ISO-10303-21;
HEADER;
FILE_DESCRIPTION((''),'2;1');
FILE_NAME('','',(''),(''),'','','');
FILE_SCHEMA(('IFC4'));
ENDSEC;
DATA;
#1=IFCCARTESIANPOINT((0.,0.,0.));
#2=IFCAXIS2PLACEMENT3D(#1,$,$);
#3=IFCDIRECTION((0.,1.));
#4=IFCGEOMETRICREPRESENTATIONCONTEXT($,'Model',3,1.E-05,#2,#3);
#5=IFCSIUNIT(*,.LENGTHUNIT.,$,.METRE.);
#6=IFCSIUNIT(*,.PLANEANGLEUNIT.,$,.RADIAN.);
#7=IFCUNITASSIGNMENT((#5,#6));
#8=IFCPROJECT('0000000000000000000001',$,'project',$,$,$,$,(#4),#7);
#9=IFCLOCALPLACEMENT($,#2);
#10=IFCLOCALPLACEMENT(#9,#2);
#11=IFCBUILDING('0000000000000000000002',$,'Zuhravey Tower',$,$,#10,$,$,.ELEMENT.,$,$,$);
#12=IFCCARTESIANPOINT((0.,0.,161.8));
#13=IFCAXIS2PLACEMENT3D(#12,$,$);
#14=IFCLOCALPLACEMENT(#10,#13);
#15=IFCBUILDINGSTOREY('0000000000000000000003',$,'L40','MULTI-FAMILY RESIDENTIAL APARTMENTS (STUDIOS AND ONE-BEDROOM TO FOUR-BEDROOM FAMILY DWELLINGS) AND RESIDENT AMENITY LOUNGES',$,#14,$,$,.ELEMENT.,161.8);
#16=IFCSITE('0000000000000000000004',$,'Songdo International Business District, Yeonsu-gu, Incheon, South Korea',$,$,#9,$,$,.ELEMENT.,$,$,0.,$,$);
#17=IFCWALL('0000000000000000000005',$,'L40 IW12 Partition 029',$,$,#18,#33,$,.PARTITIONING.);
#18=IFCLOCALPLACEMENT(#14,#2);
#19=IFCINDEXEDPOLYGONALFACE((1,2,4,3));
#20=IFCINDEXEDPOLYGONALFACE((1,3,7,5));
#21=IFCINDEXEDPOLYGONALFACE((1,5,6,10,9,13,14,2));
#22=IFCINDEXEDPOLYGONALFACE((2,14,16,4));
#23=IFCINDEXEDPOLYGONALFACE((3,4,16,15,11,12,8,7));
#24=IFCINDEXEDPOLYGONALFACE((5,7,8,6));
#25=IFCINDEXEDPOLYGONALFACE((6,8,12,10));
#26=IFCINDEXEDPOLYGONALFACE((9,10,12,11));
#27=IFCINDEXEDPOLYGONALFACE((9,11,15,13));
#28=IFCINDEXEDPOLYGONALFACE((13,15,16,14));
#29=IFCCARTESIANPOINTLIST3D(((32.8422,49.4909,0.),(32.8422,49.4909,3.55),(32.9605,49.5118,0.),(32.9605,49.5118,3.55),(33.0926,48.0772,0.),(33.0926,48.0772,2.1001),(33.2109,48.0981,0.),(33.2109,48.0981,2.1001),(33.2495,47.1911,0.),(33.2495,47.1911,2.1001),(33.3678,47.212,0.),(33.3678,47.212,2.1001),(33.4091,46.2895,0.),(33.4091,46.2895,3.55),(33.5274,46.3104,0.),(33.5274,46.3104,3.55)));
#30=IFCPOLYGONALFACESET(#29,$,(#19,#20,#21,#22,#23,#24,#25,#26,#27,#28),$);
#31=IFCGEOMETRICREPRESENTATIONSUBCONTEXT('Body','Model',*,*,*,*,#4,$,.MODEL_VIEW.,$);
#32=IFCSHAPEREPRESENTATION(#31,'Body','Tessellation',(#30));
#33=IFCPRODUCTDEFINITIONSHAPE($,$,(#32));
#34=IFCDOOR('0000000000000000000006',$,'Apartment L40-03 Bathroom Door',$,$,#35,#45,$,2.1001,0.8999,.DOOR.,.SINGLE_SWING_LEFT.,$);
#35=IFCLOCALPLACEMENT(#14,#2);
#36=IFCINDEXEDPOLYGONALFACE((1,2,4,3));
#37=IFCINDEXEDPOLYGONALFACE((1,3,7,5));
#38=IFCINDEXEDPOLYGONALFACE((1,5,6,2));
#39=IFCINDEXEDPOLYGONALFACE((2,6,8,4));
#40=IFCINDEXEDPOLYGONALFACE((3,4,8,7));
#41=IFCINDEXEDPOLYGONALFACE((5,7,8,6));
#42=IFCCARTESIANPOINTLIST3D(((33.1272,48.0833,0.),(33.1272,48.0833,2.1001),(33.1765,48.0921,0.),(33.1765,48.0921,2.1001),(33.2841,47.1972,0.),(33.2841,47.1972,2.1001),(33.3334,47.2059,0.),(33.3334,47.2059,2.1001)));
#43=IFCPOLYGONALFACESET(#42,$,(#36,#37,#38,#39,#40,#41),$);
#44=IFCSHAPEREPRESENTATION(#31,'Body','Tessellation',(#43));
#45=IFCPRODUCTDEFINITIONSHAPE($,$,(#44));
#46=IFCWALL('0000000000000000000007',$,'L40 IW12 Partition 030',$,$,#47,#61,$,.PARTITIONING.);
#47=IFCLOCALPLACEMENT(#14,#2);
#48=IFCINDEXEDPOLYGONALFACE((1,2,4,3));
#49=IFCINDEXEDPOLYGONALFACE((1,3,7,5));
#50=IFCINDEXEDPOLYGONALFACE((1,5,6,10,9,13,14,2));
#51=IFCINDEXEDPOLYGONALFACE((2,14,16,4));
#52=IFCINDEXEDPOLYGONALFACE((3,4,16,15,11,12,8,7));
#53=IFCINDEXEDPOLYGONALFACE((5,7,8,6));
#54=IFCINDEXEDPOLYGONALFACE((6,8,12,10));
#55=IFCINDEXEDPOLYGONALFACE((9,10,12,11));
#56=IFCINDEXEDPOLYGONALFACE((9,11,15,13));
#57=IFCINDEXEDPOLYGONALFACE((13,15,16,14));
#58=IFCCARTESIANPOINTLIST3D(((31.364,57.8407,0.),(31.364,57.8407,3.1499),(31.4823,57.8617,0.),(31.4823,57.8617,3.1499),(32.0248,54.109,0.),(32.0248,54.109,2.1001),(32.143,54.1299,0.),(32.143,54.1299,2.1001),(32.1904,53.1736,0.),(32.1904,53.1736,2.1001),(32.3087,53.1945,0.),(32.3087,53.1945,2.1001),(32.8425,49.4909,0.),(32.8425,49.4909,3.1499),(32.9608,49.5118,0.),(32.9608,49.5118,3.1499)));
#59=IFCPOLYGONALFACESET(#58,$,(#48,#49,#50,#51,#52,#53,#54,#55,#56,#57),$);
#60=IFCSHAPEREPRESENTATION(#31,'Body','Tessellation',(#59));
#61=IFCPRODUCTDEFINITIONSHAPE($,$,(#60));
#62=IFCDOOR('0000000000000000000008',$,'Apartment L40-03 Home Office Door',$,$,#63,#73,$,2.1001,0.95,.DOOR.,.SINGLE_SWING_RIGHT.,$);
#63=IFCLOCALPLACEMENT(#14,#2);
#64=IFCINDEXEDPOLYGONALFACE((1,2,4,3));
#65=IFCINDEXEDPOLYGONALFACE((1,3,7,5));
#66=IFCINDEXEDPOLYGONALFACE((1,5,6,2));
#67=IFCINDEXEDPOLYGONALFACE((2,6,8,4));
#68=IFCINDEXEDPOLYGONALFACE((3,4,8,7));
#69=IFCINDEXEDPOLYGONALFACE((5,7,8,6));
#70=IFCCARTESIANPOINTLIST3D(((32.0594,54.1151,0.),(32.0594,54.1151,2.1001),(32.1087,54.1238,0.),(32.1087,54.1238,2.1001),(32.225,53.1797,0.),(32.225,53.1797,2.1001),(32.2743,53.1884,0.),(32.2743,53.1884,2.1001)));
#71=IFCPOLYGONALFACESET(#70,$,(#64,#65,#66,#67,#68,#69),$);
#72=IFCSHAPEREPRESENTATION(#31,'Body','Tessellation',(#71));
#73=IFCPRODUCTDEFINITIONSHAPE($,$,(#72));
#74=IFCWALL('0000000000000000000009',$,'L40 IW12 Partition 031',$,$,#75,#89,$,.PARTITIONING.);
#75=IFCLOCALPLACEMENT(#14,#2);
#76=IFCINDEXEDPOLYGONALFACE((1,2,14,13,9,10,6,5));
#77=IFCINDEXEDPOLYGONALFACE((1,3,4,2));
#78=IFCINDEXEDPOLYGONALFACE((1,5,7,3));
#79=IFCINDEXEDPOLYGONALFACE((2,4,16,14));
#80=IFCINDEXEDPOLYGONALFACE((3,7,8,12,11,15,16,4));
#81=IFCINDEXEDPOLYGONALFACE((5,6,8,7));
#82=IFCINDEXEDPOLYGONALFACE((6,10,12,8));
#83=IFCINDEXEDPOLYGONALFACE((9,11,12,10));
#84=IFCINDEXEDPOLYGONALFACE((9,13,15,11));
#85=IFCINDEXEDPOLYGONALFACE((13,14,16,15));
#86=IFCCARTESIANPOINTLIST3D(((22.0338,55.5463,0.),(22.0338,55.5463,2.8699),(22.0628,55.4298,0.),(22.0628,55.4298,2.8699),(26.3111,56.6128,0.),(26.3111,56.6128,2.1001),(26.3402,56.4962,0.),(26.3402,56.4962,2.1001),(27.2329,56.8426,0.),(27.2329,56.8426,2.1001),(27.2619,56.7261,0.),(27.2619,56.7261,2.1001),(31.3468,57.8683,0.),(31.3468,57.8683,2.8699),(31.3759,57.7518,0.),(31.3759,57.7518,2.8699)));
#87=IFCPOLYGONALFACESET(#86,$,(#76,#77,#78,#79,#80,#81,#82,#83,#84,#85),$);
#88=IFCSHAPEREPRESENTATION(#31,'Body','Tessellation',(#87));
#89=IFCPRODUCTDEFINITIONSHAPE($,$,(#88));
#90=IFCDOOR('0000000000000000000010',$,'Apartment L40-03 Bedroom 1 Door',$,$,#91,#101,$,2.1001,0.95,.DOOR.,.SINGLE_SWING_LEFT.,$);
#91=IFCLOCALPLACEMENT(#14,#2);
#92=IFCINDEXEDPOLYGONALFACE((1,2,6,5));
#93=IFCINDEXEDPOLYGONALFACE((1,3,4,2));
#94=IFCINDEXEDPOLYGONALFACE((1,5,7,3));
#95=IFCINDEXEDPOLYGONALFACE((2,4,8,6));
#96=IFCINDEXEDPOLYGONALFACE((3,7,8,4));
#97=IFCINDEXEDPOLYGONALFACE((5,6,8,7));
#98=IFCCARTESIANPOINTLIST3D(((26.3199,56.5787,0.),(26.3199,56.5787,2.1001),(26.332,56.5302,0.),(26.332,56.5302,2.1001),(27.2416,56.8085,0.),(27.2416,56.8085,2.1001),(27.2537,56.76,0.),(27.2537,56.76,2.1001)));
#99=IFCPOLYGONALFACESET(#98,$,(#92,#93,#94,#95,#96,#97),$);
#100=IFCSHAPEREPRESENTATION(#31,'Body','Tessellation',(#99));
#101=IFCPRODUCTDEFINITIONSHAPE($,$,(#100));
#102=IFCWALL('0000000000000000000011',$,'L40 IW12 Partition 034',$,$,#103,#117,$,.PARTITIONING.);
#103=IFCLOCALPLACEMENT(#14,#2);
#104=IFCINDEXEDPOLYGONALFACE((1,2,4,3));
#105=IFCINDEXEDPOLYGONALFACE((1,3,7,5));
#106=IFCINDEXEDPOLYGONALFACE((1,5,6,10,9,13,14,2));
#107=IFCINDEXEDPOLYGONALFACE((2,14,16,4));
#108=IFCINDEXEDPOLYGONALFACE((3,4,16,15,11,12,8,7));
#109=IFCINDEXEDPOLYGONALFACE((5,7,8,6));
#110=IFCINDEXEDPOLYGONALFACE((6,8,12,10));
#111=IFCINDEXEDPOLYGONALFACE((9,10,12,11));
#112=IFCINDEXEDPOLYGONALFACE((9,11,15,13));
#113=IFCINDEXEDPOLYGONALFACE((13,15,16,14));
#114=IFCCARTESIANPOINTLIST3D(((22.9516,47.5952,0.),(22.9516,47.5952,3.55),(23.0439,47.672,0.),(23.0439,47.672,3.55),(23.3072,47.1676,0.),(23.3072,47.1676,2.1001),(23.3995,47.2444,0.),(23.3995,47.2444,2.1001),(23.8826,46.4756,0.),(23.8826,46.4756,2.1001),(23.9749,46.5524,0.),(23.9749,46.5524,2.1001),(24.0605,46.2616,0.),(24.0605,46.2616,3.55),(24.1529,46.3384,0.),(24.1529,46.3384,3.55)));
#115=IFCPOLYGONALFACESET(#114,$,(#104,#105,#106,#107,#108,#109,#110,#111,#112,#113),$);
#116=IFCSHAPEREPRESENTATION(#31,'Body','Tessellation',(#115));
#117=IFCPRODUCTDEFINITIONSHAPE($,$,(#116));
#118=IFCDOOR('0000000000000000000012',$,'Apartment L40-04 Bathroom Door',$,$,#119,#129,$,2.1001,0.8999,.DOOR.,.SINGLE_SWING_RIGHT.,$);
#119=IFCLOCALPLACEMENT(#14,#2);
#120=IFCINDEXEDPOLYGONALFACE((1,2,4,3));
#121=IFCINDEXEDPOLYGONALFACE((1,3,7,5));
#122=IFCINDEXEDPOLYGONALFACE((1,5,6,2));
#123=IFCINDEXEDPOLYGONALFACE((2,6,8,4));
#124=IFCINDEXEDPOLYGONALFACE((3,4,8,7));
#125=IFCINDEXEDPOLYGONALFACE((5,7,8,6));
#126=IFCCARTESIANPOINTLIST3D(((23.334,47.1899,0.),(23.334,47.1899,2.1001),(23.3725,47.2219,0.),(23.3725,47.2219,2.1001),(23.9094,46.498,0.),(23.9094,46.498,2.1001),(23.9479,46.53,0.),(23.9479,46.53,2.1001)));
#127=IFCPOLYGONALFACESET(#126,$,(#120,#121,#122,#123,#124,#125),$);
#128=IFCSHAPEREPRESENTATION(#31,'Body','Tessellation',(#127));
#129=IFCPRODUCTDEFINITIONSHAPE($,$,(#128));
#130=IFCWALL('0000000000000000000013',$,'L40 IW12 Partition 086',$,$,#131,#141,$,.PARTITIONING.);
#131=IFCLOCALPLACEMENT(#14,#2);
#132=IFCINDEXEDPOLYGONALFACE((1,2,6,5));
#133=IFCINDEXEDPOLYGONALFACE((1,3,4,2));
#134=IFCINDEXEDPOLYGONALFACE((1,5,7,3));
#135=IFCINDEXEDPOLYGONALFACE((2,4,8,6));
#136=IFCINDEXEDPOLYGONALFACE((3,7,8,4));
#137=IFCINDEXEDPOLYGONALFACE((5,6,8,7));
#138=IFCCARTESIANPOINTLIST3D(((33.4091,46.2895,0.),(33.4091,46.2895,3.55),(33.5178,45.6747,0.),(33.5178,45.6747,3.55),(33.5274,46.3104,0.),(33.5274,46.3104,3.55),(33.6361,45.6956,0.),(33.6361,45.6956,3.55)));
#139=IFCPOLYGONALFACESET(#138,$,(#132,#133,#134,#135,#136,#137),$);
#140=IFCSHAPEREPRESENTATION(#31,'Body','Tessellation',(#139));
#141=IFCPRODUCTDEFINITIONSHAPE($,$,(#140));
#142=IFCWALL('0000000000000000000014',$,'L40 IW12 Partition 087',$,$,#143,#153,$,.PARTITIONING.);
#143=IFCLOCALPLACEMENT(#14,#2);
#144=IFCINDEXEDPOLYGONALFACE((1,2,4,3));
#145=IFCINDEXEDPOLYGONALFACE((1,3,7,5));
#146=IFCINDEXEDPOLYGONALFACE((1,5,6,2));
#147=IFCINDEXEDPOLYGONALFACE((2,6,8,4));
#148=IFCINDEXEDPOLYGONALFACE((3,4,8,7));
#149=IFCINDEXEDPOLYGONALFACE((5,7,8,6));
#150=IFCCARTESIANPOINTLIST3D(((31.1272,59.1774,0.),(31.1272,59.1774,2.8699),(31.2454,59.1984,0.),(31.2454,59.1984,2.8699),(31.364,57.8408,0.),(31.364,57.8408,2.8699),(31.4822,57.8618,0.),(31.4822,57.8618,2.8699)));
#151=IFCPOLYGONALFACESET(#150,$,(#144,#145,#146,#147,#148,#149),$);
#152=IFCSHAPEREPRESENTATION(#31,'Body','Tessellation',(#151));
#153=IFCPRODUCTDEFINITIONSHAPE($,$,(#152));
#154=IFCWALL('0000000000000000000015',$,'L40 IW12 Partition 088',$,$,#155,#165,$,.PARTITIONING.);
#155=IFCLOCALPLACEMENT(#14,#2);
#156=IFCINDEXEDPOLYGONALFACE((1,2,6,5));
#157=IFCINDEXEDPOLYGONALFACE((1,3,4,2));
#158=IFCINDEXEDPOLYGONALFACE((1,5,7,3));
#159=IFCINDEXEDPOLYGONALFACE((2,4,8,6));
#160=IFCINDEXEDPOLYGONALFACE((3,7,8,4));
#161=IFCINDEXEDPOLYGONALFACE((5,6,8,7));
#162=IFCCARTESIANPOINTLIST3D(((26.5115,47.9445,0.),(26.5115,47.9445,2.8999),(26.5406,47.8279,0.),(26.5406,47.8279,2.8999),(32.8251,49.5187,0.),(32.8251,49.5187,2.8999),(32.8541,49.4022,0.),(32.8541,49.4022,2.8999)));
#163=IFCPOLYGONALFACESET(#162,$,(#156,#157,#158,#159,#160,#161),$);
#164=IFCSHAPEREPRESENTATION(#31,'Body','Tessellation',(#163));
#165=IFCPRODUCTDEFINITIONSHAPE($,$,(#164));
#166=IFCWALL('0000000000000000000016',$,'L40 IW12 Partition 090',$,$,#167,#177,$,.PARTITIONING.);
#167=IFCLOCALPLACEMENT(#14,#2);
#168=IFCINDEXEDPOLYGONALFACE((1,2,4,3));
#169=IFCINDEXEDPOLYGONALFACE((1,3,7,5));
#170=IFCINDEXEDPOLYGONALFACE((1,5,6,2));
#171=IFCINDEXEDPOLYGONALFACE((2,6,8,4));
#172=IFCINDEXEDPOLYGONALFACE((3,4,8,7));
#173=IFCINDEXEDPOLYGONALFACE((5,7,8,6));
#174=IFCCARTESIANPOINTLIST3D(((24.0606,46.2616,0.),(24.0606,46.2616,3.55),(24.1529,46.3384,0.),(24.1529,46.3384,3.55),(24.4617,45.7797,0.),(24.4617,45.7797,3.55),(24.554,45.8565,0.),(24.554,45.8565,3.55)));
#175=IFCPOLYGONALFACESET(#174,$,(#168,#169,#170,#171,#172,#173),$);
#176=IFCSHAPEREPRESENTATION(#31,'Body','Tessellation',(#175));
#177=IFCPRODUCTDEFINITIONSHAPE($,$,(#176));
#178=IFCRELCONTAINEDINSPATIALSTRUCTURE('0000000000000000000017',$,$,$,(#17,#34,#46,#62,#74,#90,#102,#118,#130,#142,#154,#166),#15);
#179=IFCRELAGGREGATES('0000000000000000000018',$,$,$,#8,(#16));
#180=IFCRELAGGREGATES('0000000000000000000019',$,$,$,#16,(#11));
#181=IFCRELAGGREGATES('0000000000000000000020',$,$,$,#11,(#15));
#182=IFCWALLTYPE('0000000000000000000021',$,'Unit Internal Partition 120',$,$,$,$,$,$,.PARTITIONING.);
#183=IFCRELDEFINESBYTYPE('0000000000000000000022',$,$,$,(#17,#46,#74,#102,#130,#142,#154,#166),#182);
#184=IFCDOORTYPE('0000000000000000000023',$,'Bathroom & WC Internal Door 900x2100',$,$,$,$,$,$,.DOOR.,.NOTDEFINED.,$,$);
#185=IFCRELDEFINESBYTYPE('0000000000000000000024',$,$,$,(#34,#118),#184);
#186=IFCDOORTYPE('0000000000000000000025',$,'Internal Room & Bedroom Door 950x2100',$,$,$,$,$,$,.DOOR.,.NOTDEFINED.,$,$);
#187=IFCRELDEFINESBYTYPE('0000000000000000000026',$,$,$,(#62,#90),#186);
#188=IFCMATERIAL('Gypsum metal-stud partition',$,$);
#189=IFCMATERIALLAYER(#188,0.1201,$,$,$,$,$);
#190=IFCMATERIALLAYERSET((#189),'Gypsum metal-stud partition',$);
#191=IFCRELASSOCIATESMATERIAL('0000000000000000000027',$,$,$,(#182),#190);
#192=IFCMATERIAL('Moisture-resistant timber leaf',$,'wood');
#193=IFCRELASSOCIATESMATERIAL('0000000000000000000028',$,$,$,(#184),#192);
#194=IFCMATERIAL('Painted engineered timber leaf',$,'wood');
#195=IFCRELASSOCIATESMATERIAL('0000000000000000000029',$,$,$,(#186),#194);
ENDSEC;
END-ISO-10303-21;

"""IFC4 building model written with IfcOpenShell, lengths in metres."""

from ifc_helpers import new_model, si_unit, direction, frame, frame_2d, origin, place, context, subcontext, project, spatial, rectangle, extrude, material, layer, layer_set, type_object, element, fill, save


model = new_model("IFC4")

# Units and contexts
model_context = context("Model", 3, precision=1e-05, world=origin(), true_north=direction((0.0, 1.0)))
body_context = subcontext(model_context, "Body", "Model", "MODEL_VIEW")
ifc_project = project(units=[si_unit("LENGTHUNIT", "METRE"), si_unit("PLANEANGLEUNIT", "RADIAN")], contexts=[model_context])

# Site, building, storey
site_placement = place(None, origin())
site = spatial("IfcSite", under=ifc_project, at=site_placement, Name="Songdo International Business District, Yeonsu-gu, Incheon, South Korea", CompositionType="ELEMENT", RefElevation=0.0)
building_placement = place(site_placement, origin())
building = spatial("IfcBuilding", under=site, at=building_placement, Name="Zuhravey Tower", CompositionType="ELEMENT")
storey_placement = place(building_placement, frame((0.0, 0.0, 161.8)))
storey = spatial("IfcBuildingStorey", under=building, at=storey_placement, Name="L40", Description="MULTI-FAMILY RESIDENTIAL APARTMENTS (STUDIOS AND ONE-BEDROOM TO FOUR-BEDROOM FAMILY DWELLINGS) AND RESIDENT AMENITY LOUNGES", CompositionType="ELEMENT", Elevation=161.8)

# Walls, openings, doors
ifc_material_1 = material(Name="Gypsum metal-stud partition")
ifc_layer_1 = layer(ifc_material_1, 0.1201)
ifc_layer_set_1 = layer_set([ifc_layer_1], Name="Gypsum metal-stud partition")
wall_type_1 = type_object("IfcWallType", Name="Unit Internal Partition 120", PredefinedType="PARTITIONING", material=ifc_layer_set_1)
wall_1_placement = place(storey_placement, frame((33.4683, 46.3, 0.0), z_axis=(0.0, 0.0, 1.0), x_axis=(-0.174364, 0.984681, 0.0)))
wall_1 = element("IfcWall", 1, at=wall_1_placement, inside=storey, type_object=wall_type_1, Name="L40 IW12 Partition 029", PredefinedType="PARTITIONING", context=body_context, shape_type="SweptSolid", body=[
    extrude(rectangle(XDim=3.2512, YDim=0.1201, at=frame_2d((1.6255, 0.0))), origin(), (0.0, 0.0, 1.0), 3.55),
])
opening_1_placement = place(wall_1_placement, frame((0.9155, 0.0, 0.0)))
opening_1 = element("IfcOpeningElement", 2, at=opening_1_placement, cuts=wall_1, PredefinedType="OPENING", context=body_context, shape_type="SweptSolid", body=[
    extrude(rectangle(XDim=0.8999, YDim=2.1001, at=frame_2d((0.45, 1.05))), frame((0.0, 0.072, 0.0), z_axis=(0.0, -1.0, 0.0), x_axis=(1.0, 0.0, 0.0)), (0.0, 0.0, 1.0), 0.144),
])
ifc_material_2 = material(Name="Moisture-resistant timber leaf", Category="wood")
door_type_1 = type_object("IfcDoorType", Name="Bathroom & WC Internal Door 900x2100", OperationType="NOTDEFINED", PredefinedType="DOOR", material=ifc_material_2)
door_1_placement = place(opening_1_placement, origin())
door_1 = element("IfcDoor", 3, at=door_1_placement, inside=storey, type_object=door_type_1, Name="Apartment L40-03 Bathroom Door", OperationType="SINGLE_SWING_LEFT", OverallHeight=2.1001, OverallWidth=0.8999, PredefinedType="DOOR", context=body_context, shape_type="SweptSolid", body=[
    extrude(rectangle(XDim=0.8999, YDim=2.1001, at=frame_2d((0.45, 1.05))), frame((0.0, 0.0249, 0.0), z_axis=(0.0, -1.0, 0.0), x_axis=(1.0, 0.0, 0.0)), (0.0, 0.0, 1.0), 0.05),
])
fill(opening_1, door_1)
wall_2_placement = place(storey_placement, frame((32.9016, 49.5015, 0.0), z_axis=(0.0, 0.0, 1.0), x_axis=(-0.174359, 0.984682, 0.0)))
wall_2 = element("IfcWall", 4, at=wall_2_placement, inside=storey, type_object=wall_type_1, Name="L40 IW12 Partition 030", PredefinedType="PARTITIONING", context=body_context, shape_type="SweptSolid", body=[
    extrude(rectangle(XDim=8.4797, YDim=0.1201, at=frame_2d((4.2397, 0.0))), origin(), (0.0, 0.0, 1.0), 3.1499),
])
opening_2_placement = place(wall_2_placement, frame((3.7397, 0.0, 0.0)))
opening_2 = element("IfcOpeningElement", 5, at=opening_2_placement, cuts=wall_2, PredefinedType="OPENING", context=body_context, shape_type="SweptSolid", body=[
    extrude(rectangle(XDim=0.95, YDim=2.1001, at=frame_2d((0.4751, 1.05))), frame((0.0, 0.072, 0.0), z_axis=(0.0, -1.0, 0.0), x_axis=(1.0, 0.0, 0.0)), (0.0, 0.0, 1.0), 0.144),
])
ifc_material_3 = material(Name="Painted engineered timber leaf", Category="wood")
door_type_2 = type_object("IfcDoorType", Name="Internal Room & Bedroom Door 950x2100", OperationType="NOTDEFINED", PredefinedType="DOOR", material=ifc_material_3)
door_2_placement = place(opening_2_placement, origin())
door_2 = element("IfcDoor", 6, at=door_2_placement, inside=storey, type_object=door_type_2, Name="Apartment L40-03 Home Office Door", OperationType="SINGLE_SWING_RIGHT", OverallHeight=2.1001, OverallWidth=0.95, PredefinedType="DOOR", context=body_context, shape_type="SweptSolid", body=[
    extrude(rectangle(XDim=0.95, YDim=2.1001, at=frame_2d((0.4751, 1.05))), frame((0.0, 0.0249, 0.0), z_axis=(0.0, -1.0, 0.0), x_axis=(1.0, 0.0, 0.0)), (0.0, 0.0, 1.0), 0.05),
])
fill(opening_2, door_2)
wall_3_placement = place(storey_placement, frame((31.3613, 57.8101, 0.0), z_axis=(0.0, 0.0, 1.0), x_axis=(-0.970295, -0.241925, 0.0)))
wall_3 = element("IfcWall", 7, at=wall_3_placement, inside=storey, type_object=wall_type_1, Name="L40 IW12 Partition 031", PredefinedType="PARTITIONING", context=body_context, shape_type="SweptSolid", body=[
    extrude(rectangle(XDim=9.5981, YDim=0.1201, at=frame_2d((4.7991, 0.0))), origin(), (0.0, 0.0, 1.0), 2.8699),
])
opening_3_placement = place(wall_3_placement, frame((4.2397, 0.0, 0.0)))
opening_3 = element("IfcOpeningElement", 8, at=opening_3_placement, cuts=wall_3, PredefinedType="OPENING", context=body_context, shape_type="SweptSolid", body=[
    extrude(rectangle(XDim=0.95, YDim=2.1001, at=frame_2d((0.4751, 1.05))), frame((0.0, 0.072, 0.0), z_axis=(0.0, -1.0, 0.0), x_axis=(1.0, 0.0, 0.0)), (0.0, 0.0, 1.0), 0.144),
])
door_3_placement = place(opening_3_placement, frame((0.95, 0.0, 0.0), z_axis=(0.0, 0.0, 1.0), x_axis=(-1.0, 0.0, 0.0)))
door_3 = element("IfcDoor", 9, at=door_3_placement, inside=storey, type_object=door_type_2, Name="Apartment L40-03 Bedroom 1 Door", OperationType="SINGLE_SWING_LEFT", OverallHeight=2.1001, OverallWidth=0.95, PredefinedType="DOOR", context=body_context, shape_type="SweptSolid", body=[
    extrude(rectangle(XDim=0.95, YDim=2.1001, at=frame_2d((0.4751, 1.05))), frame((0.0, 0.0249, 0.0), z_axis=(0.0, -1.0, 0.0), x_axis=(1.0, 0.0, 0.0)), (0.0, 0.0, 1.0), 0.05),
])
fill(opening_3, door_3)
wall_4_placement = place(storey_placement, frame((24.1067, 46.3, 0.0), z_axis=(0.0, 0.0, 1.0), x_axis=(-0.639381, 0.76889, 0.0)))
wall_4 = element("IfcWall", 10, at=wall_4_placement, inside=storey, type_object=wall_type_1, Name="L40 IW12 Partition 034", PredefinedType="PARTITIONING", context=body_context, shape_type="SweptSolid", body=[
    extrude(rectangle(XDim=1.7344, YDim=0.1201, at=frame_2d((0.8672, 0.0))), origin(), (0.0, 0.0, 1.0), 3.55),
])
opening_4_placement = place(wall_4_placement, frame((0.2783, 0.0, 0.0)))
opening_4 = element("IfcOpeningElement", 11, at=opening_4_placement, cuts=wall_4, PredefinedType="OPENING", context=body_context, shape_type="SweptSolid", body=[
    extrude(rectangle(XDim=0.8999, YDim=2.1001, at=frame_2d((0.45, 1.05))), frame((0.0, 0.072, 0.0), z_axis=(0.0, -1.0, 0.0), x_axis=(1.0, 0.0, 0.0)), (0.0, 0.0, 1.0), 0.144),
])
door_4_placement = place(opening_4_placement, frame((0.8999, 0.0, 0.0), z_axis=(0.0, 0.0, 1.0), x_axis=(-1.0, 0.0, 0.0)))
door_4 = element("IfcDoor", 12, at=door_4_placement, inside=storey, type_object=door_type_1, Name="Apartment L40-04 Bathroom Door", OperationType="SINGLE_SWING_RIGHT", OverallHeight=2.1001, OverallWidth=0.8999, PredefinedType="DOOR", context=body_context, shape_type="SweptSolid", body=[
    extrude(rectangle(XDim=0.8999, YDim=2.1001, at=frame_2d((0.45, 1.05))), frame((0.0, 0.0249, 0.0), z_axis=(0.0, -1.0, 0.0), x_axis=(1.0, 0.0, 0.0)), (0.0, 0.0, 1.0), 0.05),
])
fill(opening_4, door_4)

# Walls
wall_5_placement = place(storey_placement, frame((33.5769, 45.6853, 0.0), z_axis=(0.0, 0.0, 1.0), x_axis=(-0.174031, 0.98474, 0.0)))
element("IfcWall", 13, at=wall_5_placement, inside=storey, type_object=wall_type_1, Name="L40 IW12 Partition 086", PredefinedType="PARTITIONING", context=body_context, shape_type="SweptSolid", body=[
    extrude(rectangle(XDim=0.6243, YDim=0.1201, at=frame_2d((0.312, 0.0))), origin(), (0.0, 0.0, 1.0), 3.55),
])
wall_6_placement = place(storey_placement, frame((31.4231, 57.8513, 0.0), z_axis=(0.0, 0.0, 1.0), x_axis=(-0.174452, 0.984666, 0.0)))
element("IfcWall", 14, at=wall_6_placement, inside=storey, type_object=wall_type_1, Name="L40 IW12 Partition 087", PredefinedType="PARTITIONING", context=body_context, shape_type="SweptSolid", body=[
    extrude(rectangle(XDim=1.3574, YDim=0.1201, at=frame_2d((0.6787, 0.0))), origin(), (0.0, 0.0, 1.0), 2.8699),
])
wall_7_placement = place(storey_placement, frame((32.8396, 49.4604, 0.0), z_axis=(0.0, 0.0, 1.0), x_axis=(-0.970292, -0.241935, 0.0)))
element("IfcWall", 15, at=wall_7_placement, inside=storey, type_object=wall_type_1, Name="L40 IW12 Partition 088", PredefinedType="PARTITIONING", context=body_context, shape_type="SweptSolid", body=[
    extrude(rectangle(XDim=6.5068, YDim=0.1201, at=frame_2d((3.2534, 0.0))), origin(), (0.0, 0.0, 1.0), 2.8999),
])
wall_8_placement = place(storey_placement, frame((24.5078, 45.8181, 0.0), z_axis=(0.0, 0.0, 1.0), x_axis=(-0.639725, 0.768604, 0.0)))
element("IfcWall", 16, at=wall_8_placement, inside=storey, type_object=wall_type_1, Name="L40 IW12 Partition 090", PredefinedType="PARTITIONING", context=body_context, shape_type="SweptSolid", body=[
    extrude(rectangle(XDim=0.627, YDim=0.1201, at=frame_2d((0.3135, 0.0))), origin(), (0.0, 0.0, 1.0), 3.55),
])

save(model, "model.ifc")
